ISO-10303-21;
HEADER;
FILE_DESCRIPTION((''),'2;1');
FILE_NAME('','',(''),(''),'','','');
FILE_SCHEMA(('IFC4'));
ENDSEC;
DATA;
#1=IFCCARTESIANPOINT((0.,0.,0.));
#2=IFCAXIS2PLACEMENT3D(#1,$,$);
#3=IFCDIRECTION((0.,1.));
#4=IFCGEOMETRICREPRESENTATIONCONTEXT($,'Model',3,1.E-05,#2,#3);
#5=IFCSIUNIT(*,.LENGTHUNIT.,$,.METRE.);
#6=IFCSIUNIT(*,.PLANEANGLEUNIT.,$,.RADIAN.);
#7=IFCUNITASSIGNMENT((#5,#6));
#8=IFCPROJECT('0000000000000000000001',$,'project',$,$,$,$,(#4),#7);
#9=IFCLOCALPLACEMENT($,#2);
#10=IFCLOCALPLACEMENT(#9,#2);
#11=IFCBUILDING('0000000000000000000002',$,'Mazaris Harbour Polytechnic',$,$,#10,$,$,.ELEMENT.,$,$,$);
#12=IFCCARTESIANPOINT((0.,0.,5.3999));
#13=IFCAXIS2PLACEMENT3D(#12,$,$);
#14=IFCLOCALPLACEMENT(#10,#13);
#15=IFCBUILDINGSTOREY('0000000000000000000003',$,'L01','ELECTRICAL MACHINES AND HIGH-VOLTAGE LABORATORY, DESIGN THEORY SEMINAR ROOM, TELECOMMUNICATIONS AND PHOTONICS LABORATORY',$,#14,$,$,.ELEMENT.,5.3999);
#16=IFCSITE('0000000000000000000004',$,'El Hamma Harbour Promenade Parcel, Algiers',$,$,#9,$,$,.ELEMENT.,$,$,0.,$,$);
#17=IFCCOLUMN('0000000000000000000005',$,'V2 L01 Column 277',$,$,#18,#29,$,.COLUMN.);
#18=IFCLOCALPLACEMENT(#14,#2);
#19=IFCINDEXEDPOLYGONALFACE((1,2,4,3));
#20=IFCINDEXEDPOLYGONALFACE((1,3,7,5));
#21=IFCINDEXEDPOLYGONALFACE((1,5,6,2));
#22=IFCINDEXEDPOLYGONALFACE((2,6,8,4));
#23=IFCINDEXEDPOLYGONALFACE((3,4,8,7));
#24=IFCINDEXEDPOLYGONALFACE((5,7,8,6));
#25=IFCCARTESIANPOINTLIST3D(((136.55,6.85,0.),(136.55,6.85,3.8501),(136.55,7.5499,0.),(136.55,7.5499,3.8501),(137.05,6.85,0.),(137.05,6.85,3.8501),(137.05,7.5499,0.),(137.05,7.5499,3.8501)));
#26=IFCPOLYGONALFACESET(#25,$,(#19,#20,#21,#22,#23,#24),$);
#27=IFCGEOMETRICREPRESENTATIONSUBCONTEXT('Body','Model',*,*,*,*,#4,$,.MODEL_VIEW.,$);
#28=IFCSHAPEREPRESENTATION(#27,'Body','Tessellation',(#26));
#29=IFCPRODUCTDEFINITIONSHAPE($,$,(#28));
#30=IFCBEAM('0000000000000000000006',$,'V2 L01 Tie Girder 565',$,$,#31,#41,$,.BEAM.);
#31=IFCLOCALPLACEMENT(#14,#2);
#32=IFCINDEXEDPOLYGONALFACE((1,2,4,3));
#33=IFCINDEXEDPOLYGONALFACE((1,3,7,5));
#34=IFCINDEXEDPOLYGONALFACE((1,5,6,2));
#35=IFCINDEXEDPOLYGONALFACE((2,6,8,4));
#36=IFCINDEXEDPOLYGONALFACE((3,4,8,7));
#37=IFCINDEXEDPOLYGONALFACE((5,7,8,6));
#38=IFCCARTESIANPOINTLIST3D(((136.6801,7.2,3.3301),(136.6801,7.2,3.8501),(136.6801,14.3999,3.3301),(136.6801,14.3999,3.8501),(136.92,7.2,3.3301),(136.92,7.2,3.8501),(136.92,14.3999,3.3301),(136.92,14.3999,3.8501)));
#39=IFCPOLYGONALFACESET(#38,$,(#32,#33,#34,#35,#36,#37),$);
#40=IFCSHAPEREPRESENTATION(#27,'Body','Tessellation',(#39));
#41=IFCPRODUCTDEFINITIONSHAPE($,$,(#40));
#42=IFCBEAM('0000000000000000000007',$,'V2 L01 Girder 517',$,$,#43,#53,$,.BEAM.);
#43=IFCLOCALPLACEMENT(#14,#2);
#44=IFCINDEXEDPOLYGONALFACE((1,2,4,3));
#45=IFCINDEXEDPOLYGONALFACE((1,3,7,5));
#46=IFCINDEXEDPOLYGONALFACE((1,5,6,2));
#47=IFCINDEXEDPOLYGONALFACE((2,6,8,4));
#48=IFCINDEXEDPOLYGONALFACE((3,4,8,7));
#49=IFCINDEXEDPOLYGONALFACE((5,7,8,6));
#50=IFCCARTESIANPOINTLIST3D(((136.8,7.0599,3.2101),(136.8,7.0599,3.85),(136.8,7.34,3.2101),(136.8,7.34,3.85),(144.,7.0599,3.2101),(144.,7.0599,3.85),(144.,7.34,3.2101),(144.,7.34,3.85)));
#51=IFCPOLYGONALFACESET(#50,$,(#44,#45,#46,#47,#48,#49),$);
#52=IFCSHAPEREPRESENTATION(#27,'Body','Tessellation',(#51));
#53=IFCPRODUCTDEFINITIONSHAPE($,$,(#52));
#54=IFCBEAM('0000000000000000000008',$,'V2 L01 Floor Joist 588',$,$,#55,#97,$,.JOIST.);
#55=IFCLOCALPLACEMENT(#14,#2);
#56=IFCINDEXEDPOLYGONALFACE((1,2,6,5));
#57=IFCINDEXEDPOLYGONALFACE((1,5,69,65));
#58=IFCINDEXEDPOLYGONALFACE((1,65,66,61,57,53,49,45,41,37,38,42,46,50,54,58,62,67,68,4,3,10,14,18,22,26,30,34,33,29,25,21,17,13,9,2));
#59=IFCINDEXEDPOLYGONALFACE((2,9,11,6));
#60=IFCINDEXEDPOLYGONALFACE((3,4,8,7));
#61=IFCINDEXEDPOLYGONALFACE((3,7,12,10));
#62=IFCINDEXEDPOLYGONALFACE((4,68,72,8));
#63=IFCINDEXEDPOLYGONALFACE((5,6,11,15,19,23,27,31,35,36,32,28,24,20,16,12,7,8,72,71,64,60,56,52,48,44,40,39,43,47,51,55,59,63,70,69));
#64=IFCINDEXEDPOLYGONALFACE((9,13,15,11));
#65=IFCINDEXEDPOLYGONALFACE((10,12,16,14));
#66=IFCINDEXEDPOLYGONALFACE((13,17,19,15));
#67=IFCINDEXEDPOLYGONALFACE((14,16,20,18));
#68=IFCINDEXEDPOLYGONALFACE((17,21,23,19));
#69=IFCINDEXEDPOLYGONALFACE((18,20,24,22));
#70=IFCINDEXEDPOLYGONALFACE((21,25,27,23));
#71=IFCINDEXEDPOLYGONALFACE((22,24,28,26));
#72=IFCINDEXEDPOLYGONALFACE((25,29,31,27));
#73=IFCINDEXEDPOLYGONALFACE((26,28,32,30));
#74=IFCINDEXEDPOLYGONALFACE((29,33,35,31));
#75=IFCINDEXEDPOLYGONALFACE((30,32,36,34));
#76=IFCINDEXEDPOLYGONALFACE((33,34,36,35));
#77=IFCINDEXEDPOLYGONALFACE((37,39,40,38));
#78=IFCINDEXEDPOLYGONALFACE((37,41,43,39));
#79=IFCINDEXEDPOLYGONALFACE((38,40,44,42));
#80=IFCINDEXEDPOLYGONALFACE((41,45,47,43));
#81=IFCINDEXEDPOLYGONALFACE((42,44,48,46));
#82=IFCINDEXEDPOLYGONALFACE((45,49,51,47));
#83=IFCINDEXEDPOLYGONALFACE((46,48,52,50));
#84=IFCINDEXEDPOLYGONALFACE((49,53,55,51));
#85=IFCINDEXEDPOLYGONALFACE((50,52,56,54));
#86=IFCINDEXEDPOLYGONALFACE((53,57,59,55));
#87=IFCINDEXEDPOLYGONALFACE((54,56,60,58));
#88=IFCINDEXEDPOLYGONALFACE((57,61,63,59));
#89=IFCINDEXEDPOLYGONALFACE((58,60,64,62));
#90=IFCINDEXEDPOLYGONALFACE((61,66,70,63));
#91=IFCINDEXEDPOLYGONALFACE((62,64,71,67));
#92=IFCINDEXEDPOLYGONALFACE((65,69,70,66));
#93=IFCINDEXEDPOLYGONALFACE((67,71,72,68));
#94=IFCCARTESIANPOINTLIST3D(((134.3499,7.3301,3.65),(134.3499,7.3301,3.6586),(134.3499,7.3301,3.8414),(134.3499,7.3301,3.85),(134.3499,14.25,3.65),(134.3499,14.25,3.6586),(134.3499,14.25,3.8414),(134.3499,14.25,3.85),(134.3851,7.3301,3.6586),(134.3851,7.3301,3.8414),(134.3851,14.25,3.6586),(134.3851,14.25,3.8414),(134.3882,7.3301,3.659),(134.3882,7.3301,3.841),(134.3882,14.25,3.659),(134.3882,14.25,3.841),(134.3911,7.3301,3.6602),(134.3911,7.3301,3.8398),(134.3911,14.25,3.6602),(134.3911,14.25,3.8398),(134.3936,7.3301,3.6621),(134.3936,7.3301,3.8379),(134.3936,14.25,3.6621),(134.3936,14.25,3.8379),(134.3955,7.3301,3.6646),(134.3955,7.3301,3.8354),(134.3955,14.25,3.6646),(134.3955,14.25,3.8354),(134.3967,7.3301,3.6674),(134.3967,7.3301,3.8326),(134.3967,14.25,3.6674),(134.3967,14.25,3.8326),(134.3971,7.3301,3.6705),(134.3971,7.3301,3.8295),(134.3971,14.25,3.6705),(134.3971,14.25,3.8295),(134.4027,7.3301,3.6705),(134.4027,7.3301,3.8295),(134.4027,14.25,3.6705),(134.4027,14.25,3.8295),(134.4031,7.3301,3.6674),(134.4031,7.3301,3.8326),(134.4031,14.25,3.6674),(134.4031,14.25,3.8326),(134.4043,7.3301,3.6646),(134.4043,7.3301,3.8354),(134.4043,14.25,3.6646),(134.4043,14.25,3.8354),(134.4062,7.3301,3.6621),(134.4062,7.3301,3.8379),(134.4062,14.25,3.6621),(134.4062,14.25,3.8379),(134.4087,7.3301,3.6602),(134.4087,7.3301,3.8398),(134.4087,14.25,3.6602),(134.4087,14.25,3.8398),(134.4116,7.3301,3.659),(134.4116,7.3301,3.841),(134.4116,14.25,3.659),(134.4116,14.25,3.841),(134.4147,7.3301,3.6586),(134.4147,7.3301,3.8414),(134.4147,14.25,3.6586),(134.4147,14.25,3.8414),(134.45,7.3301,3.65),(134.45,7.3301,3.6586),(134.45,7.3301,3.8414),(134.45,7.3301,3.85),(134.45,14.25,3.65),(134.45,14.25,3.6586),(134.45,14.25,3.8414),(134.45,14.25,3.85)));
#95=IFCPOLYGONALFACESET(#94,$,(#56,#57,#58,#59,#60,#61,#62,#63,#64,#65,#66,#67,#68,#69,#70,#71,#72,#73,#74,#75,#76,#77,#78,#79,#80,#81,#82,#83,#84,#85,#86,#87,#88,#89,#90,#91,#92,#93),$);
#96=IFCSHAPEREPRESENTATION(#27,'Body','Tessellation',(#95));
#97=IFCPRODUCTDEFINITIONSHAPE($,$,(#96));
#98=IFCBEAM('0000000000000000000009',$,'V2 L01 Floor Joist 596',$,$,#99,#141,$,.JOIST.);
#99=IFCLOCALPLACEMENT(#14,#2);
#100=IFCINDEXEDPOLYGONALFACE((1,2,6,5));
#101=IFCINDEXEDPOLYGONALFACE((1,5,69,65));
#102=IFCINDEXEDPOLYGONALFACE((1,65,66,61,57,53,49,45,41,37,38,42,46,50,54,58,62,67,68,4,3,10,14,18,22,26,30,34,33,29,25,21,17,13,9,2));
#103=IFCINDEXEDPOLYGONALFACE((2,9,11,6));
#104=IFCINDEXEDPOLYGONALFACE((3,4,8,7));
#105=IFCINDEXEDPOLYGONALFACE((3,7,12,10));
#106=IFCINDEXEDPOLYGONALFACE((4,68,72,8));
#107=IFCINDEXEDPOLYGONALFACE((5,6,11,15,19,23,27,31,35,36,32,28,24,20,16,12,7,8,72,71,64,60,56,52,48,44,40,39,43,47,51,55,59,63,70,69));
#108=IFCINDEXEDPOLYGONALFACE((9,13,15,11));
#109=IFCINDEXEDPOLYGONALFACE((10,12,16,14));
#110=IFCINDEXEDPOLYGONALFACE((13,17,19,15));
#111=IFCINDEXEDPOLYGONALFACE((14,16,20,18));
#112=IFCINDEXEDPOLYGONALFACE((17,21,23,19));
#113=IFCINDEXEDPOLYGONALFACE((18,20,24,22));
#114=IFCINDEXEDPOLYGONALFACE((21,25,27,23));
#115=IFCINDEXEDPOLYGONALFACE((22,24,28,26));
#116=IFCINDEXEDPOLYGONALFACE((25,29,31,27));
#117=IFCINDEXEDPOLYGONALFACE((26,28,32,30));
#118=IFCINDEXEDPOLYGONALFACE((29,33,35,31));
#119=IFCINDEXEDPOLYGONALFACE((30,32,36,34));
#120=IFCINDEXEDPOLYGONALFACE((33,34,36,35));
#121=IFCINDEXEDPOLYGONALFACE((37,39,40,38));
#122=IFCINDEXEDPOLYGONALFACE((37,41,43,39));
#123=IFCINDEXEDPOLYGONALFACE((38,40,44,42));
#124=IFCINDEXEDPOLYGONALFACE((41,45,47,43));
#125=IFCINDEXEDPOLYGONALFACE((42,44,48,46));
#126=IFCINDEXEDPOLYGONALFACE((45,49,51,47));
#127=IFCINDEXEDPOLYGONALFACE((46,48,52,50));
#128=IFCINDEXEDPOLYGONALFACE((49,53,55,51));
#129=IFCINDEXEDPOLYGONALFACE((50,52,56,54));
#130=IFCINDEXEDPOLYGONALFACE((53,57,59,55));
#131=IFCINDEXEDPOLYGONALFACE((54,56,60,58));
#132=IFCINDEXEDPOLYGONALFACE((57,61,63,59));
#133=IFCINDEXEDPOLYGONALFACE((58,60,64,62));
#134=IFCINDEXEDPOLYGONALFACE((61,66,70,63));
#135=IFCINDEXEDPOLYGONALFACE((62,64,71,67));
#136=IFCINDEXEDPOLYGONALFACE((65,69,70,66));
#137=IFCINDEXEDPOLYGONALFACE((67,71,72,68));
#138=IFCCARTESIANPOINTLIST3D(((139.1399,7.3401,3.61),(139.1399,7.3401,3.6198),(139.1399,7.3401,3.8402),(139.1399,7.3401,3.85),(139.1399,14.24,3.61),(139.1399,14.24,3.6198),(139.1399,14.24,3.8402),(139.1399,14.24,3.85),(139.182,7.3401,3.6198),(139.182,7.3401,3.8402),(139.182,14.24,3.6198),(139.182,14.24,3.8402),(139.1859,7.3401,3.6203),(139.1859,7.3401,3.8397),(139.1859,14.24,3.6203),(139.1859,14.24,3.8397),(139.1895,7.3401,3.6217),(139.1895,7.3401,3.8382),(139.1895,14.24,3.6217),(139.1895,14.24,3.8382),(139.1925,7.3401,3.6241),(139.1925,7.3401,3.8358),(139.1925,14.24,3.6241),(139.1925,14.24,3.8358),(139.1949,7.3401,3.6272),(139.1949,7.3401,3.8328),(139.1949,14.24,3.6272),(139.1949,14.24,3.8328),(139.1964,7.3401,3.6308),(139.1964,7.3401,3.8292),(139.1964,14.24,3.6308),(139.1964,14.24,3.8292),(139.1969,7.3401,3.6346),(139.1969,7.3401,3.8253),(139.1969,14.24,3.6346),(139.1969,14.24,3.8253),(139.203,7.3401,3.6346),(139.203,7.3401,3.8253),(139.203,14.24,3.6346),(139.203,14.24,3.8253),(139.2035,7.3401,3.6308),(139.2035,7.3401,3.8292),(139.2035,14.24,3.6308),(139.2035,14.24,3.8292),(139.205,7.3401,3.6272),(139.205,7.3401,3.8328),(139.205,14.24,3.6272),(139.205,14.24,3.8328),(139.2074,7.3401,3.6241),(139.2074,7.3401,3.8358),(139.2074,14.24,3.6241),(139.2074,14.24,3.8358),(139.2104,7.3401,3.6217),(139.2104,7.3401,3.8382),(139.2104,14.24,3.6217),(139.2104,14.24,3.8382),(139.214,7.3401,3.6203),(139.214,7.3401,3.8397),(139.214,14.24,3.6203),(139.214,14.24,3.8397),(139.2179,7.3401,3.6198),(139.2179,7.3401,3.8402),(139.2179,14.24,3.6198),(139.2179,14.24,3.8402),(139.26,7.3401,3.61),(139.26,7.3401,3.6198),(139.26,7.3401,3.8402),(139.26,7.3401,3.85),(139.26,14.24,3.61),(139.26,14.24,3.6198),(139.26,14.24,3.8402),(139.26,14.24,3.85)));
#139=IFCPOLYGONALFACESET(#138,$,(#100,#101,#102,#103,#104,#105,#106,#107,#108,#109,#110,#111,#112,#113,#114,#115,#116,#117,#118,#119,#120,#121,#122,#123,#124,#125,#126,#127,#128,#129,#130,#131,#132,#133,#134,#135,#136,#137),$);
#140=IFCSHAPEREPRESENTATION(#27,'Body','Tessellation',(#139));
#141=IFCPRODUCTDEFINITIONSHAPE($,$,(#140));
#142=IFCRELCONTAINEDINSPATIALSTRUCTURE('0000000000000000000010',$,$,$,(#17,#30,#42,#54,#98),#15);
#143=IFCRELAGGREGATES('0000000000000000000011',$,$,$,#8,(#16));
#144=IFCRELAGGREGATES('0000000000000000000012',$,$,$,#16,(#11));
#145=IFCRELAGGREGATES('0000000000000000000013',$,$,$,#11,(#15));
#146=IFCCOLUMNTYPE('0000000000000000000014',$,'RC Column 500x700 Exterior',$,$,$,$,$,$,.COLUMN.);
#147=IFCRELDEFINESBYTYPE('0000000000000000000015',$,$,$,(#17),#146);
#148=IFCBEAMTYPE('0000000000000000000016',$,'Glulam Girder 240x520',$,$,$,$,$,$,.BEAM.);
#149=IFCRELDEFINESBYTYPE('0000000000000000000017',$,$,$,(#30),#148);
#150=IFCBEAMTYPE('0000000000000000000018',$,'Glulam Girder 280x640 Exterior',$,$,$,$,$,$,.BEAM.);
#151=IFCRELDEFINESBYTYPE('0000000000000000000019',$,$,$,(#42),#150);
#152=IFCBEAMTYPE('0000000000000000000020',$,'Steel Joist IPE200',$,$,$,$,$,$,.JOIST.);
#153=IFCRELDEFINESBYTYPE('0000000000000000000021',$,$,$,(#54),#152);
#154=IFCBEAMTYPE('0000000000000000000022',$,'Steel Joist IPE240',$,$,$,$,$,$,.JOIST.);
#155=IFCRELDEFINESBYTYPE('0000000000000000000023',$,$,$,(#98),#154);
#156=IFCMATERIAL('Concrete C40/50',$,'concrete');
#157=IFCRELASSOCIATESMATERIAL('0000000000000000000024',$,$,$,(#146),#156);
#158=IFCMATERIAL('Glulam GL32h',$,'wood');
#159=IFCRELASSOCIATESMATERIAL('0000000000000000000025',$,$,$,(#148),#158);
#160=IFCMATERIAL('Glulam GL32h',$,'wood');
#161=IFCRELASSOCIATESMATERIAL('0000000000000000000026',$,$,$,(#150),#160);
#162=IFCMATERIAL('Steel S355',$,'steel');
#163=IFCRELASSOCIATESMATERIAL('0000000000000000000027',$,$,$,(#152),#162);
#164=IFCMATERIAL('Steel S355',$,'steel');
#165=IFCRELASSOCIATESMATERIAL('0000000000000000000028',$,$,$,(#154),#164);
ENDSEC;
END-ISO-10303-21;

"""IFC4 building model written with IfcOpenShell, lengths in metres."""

from ifc_helpers import new_model, si_unit, direction, frame, origin, origin_2d, place, context, subcontext, project, spatial, rectangle, i_section, extrude, material, material_profile, profile_set, type_object, element, save


model = new_model("IFC4")

# Units and contexts
model_context = context("Model", 3, precision=1e-05, world=origin(), true_north=direction((0.0, 1.0)))
body_context = subcontext(model_context, "Body", "Model", "MODEL_VIEW")
ifc_project = project(units=[si_unit("LENGTHUNIT", "METRE"), si_unit("PLANEANGLEUNIT", "RADIAN")], contexts=[model_context])

# Site, building, storey
site_placement = place(None, origin())
site = spatial("IfcSite", under=ifc_project, at=site_placement, Name="El Hamma Harbour Promenade Parcel, Algiers", CompositionType="ELEMENT", RefElevation=0.0)
building_placement = place(site_placement, origin())
building = spatial("IfcBuilding", under=site, at=building_placement, Name="Mazaris Harbour Polytechnic", CompositionType="ELEMENT")
storey_placement = place(building_placement, frame((0.0, 0.0, 5.3999)))
storey = spatial("IfcBuildingStorey", under=building, at=storey_placement, Name="L01", Description="ELECTRICAL MACHINES AND HIGH-VOLTAGE LABORATORY, DESIGN THEORY SEMINAR ROOM, TELECOMMUNICATIONS AND PHOTONICS LABORATORY", CompositionType="ELEMENT", Elevation=5.3999)

# Column
ifc_material_1 = material(Name="Concrete C40/50", Category="concrete")
ifc_material_profile_1 = material_profile(ifc_material_1, rectangle(XDim=0.5, YDim=0.7, at=origin_2d()), Name="RECT500x700")
ifc_profile_set_1 = profile_set([ifc_material_profile_1], Name="Concrete C40/50")
column_type = type_object("IfcColumnType", Name="RC Column 500x700 Exterior", PredefinedType="COLUMN", material=ifc_profile_set_1)
column_placement = place(storey_placement, frame((136.8, 7.2, 0.0), z_axis=(0.0, 0.0, 1.0), x_axis=(1.0, 0.0, 0.0)))
element("IfcColumn", 1, at=column_placement, inside=storey, type_object=column_type, Name="V2 L01 Column 277", PredefinedType="COLUMN", context=body_context, shape_type="SweptSolid", body=[
    extrude(rectangle(XDim=0.5, YDim=0.7, at=origin_2d()), origin(), (0.0, 0.0, 1.0), 3.8501),
])

# Beams
ifc_material_2 = material(Name="Glulam GL32h", Category="wood")
ifc_material_profile_2 = material_profile(ifc_material_2, rectangle(XDim=0.24, YDim=0.52, at=origin_2d()), Name="RECT240x520")
ifc_profile_set_2 = profile_set([ifc_material_profile_2], Name="Glulam GL32h")
beam_type_1 = type_object("IfcBeamType", Name="Glulam Girder 240x520", PredefinedType="BEAM", material=ifc_profile_set_2)
beam_1_placement = place(storey_placement, frame((136.8, 7.2, 3.5901), z_axis=(0.0, 1.0, 0.0), x_axis=(-1.0, 0.0, 0.0)))
element("IfcBeam", 2, at=beam_1_placement, inside=storey, type_object=beam_type_1, Name="V2 L01 Tie Girder 565", PredefinedType="BEAM", context=body_context, shape_type="SweptSolid", body=[
    extrude(rectangle(XDim=0.24, YDim=0.52, at=origin_2d()), origin(), (0.0, 0.0, 1.0), 7.2),
])
ifc_material_3 = material(Name="Glulam GL32h", Category="wood")
ifc_material_profile_3 = material_profile(ifc_material_3, rectangle(XDim=0.28, YDim=0.6399, at=origin_2d()), Name="RECT280x640")
ifc_profile_set_3 = profile_set([ifc_material_profile_3], Name="Glulam GL32h")
beam_type_2 = type_object("IfcBeamType", Name="Glulam Girder 280x640 Exterior", PredefinedType="BEAM", material=ifc_profile_set_3)
beam_2_placement = place(storey_placement, frame((136.8, 7.2, 3.53), z_axis=(1.0, 0.0, 0.0), x_axis=(0.0, 1.0, 0.0)))
element("IfcBeam", 3, at=beam_2_placement, inside=storey, type_object=beam_type_2, Name="V2 L01 Girder 517", PredefinedType="BEAM", context=body_context, shape_type="SweptSolid", body=[
    extrude(rectangle(XDim=0.28, YDim=0.6399, at=origin_2d()), origin(), (0.0, 0.0, 1.0), 7.2),
])
ifc_material_4 = material(Name="Steel S355", Category="steel")
ifc_material_profile_4 = material_profile(ifc_material_4, i_section(OverallWidth=0.1001, OverallDepth=0.2, WebThickness=0.0056, FlangeThickness=0.0085, FilletRadius=0.012, at=origin_2d()), Name="IPE 200")
ifc_profile_set_4 = profile_set([ifc_material_profile_4], Name="Steel S355")
beam_type_3 = type_object("IfcBeamType", Name="Steel Joist IPE200", PredefinedType="JOIST", material=ifc_profile_set_4)
beam_3_placement = place(storey_placement, frame((134.3999, 7.3301, 3.75), z_axis=(0.0, 1.0, 0.0), x_axis=(-1.0, 0.0, 0.0)))
element("IfcBeam", 4, at=beam_3_placement, inside=storey, type_object=beam_type_3, Name="V2 L01 Floor Joist 588", PredefinedType="JOIST", context=body_context, shape_type="SweptSolid", body=[
    extrude(i_section(OverallWidth=0.1001, OverallDepth=0.2, WebThickness=0.0056, FlangeThickness=0.0085, FilletRadius=0.012, at=origin_2d()), origin(), (0.0, 0.0, 1.0), 6.9199),
])
ifc_material_5 = material(Name="Steel S355", Category="steel")
ifc_material_profile_5 = material_profile(ifc_material_5, i_section(OverallWidth=0.1201, OverallDepth=0.24, WebThickness=0.0061, FlangeThickness=0.0098, FilletRadius=0.0149, at=origin_2d()), Name="IPE 240")
ifc_profile_set_5 = profile_set([ifc_material_profile_5], Name="Steel S355")
beam_type_4 = type_object("IfcBeamType", Name="Steel Joist IPE240", PredefinedType="JOIST", material=ifc_profile_set_5)
beam_4_placement = place(storey_placement, frame((139.2, 7.3401, 3.73), z_axis=(0.0, 1.0, 0.0), x_axis=(-1.0, 0.0, 0.0)))
element("IfcBeam", 5, at=beam_4_placement, inside=storey, type_object=beam_type_4, Name="V2 L01 Floor Joist 596", PredefinedType="JOIST", context=body_context, shape_type="SweptSolid", body=[
    extrude(i_section(OverallWidth=0.1201, OverallDepth=0.24, WebThickness=0.0061, FlangeThickness=0.0098, FilletRadius=0.0149, at=origin_2d()), origin(), (0.0, 0.0, 1.0), 6.8999),
])

save(model, "model.ifc")
